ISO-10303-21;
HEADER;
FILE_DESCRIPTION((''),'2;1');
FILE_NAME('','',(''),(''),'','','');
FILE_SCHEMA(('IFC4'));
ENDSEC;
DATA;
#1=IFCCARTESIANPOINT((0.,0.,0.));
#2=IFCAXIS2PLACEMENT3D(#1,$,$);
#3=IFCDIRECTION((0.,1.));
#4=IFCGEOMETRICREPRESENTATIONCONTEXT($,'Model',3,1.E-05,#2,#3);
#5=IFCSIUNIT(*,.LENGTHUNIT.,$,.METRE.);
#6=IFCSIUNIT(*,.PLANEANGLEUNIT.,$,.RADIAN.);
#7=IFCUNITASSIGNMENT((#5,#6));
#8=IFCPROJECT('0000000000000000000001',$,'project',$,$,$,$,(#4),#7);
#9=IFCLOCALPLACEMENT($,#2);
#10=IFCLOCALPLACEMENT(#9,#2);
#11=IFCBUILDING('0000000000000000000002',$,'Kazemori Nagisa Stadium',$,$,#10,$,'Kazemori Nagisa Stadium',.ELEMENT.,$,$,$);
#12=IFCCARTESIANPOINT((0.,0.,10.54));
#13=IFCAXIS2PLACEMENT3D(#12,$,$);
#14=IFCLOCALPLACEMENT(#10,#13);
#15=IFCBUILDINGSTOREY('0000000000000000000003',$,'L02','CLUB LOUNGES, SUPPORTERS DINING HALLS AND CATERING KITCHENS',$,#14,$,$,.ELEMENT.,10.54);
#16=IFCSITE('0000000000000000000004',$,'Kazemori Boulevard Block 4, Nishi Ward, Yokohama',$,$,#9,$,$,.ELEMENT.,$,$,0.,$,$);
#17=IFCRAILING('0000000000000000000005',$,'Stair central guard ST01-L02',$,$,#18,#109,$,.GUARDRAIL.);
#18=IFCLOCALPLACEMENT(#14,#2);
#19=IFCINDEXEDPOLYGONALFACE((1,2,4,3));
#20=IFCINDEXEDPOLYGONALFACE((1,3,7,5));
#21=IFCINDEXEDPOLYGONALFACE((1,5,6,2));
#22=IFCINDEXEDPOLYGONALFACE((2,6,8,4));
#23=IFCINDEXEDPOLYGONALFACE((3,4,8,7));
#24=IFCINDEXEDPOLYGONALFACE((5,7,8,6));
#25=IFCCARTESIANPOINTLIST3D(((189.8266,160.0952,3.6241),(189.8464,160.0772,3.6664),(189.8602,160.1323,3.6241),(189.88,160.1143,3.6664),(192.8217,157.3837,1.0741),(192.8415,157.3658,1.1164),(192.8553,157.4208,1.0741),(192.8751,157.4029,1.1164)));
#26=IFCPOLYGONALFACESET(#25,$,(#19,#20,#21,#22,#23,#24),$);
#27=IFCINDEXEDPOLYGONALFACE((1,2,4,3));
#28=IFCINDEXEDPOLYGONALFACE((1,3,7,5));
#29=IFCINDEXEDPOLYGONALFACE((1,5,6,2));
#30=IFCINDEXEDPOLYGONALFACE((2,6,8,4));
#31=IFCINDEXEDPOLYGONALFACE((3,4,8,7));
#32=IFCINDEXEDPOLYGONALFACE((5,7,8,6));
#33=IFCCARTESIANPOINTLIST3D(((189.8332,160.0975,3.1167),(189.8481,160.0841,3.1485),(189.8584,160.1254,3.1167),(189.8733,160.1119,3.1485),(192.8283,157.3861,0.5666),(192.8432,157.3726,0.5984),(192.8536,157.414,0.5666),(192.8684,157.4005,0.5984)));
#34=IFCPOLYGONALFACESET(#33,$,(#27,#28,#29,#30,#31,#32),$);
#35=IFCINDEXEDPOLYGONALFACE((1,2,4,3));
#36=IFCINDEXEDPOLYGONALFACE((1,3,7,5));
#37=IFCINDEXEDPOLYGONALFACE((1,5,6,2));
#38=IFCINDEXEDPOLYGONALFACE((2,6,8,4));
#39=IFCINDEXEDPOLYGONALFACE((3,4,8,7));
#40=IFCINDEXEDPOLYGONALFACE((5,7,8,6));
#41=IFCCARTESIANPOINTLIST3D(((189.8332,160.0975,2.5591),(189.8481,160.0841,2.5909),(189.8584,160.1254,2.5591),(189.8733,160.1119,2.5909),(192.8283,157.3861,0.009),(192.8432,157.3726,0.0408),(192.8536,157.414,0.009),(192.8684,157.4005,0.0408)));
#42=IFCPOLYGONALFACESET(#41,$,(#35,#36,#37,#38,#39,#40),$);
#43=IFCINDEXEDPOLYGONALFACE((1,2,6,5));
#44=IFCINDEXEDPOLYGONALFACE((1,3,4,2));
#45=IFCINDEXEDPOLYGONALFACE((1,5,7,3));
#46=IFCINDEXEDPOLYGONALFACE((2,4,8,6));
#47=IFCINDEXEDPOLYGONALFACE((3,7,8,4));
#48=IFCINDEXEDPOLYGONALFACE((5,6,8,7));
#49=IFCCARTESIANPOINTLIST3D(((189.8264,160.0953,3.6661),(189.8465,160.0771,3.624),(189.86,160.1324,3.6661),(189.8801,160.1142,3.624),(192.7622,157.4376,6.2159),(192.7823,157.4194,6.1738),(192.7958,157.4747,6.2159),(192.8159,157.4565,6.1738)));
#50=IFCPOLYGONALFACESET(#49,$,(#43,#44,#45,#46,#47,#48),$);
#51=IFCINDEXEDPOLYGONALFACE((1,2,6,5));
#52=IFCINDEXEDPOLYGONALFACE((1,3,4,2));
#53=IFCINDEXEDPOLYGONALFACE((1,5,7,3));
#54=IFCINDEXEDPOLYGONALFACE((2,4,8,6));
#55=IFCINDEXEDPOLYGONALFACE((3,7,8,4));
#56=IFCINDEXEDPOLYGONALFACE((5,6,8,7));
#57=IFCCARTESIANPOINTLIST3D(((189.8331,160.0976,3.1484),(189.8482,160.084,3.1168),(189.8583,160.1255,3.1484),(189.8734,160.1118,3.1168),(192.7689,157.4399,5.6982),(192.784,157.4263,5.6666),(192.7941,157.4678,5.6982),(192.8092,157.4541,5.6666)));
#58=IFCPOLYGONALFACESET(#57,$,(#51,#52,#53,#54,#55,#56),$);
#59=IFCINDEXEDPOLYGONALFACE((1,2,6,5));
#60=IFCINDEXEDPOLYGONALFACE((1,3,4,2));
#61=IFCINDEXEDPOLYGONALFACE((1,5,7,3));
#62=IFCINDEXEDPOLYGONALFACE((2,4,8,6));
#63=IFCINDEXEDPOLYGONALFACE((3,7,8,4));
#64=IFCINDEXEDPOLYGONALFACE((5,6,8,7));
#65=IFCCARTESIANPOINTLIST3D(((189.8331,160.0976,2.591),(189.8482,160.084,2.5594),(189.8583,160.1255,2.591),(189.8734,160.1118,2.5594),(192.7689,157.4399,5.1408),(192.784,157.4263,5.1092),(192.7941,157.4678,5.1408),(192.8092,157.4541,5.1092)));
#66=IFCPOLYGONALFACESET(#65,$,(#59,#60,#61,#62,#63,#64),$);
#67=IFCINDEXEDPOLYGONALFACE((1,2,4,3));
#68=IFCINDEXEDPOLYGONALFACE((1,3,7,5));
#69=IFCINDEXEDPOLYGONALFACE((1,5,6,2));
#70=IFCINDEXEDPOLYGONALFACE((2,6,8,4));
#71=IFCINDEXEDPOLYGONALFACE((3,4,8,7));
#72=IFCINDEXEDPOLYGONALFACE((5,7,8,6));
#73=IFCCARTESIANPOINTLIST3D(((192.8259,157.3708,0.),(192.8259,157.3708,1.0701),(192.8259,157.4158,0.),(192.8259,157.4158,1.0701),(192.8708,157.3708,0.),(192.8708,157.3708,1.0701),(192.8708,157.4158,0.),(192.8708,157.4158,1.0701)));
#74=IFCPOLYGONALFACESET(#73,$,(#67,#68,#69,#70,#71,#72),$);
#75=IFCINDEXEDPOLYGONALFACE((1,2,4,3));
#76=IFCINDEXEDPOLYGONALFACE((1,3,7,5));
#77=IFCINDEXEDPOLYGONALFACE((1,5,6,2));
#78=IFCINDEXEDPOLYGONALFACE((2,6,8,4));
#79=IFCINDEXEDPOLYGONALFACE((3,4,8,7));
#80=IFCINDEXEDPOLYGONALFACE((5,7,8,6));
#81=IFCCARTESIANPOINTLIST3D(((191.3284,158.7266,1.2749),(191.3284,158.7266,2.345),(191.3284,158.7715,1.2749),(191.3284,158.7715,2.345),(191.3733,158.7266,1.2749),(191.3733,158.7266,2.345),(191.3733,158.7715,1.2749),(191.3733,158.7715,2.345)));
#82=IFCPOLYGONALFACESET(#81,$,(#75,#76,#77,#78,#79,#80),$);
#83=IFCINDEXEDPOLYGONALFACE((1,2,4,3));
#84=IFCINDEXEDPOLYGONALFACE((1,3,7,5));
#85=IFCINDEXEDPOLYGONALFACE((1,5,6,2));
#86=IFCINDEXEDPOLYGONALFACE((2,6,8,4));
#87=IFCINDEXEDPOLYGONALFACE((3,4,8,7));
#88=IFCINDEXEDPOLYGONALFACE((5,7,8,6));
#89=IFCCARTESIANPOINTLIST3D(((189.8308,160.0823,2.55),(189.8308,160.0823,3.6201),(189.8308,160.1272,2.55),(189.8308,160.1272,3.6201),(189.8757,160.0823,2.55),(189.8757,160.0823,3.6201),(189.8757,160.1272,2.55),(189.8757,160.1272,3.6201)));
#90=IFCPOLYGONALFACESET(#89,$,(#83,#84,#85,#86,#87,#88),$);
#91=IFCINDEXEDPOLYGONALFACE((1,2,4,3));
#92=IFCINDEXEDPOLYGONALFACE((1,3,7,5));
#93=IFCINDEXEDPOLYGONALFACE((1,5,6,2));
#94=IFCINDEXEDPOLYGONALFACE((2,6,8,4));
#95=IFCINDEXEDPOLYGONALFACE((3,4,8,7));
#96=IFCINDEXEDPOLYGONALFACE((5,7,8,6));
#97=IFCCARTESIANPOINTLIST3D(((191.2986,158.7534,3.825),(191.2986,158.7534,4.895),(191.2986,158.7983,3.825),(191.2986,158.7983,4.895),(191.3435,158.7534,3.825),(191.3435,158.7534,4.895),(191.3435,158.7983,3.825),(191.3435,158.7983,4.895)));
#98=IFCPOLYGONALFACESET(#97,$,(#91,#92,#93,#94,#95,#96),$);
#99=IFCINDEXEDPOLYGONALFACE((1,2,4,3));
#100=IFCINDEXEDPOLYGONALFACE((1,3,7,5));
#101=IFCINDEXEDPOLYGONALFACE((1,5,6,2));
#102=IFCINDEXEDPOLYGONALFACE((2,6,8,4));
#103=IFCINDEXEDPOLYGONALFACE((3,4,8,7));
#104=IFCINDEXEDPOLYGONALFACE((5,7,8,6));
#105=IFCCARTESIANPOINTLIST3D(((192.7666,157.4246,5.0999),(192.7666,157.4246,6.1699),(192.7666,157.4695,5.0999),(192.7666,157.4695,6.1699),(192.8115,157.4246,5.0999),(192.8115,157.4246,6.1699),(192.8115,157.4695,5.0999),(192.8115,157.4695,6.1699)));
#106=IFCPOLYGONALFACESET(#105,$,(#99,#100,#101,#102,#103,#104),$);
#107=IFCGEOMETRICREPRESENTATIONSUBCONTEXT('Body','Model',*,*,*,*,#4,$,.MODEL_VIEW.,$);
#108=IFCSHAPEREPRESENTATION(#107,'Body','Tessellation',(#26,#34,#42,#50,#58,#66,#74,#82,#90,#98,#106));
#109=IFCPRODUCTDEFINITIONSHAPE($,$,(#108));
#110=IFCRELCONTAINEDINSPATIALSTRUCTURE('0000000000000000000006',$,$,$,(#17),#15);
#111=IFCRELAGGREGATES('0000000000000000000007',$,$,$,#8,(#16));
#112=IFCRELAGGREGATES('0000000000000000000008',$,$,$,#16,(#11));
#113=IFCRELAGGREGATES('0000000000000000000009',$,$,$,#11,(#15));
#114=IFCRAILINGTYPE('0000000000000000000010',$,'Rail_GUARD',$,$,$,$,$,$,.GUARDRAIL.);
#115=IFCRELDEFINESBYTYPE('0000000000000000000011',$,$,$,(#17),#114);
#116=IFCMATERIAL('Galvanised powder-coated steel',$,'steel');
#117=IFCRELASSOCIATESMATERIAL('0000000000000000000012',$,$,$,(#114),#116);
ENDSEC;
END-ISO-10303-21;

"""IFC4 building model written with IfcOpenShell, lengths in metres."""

from ifc_helpers import new_model, si_unit, direction, frame, origin, origin_2d, place, context, subcontext, project, spatial, rectangle, extrude, material, type_object, element, save


model = new_model("IFC4")

# Units and contexts
model_context = context("Model", 3, precision=1e-05, world=origin(), true_north=direction((0.0, 1.0)))
body_context = subcontext(model_context, "Body", "Model", "MODEL_VIEW")
ifc_project = project(units=[si_unit("LENGTHUNIT", "METRE"), si_unit("PLANEANGLEUNIT", "RADIAN")], contexts=[model_context])

# Site, building, storey
site_placement = place(None, origin())
site = spatial("IfcSite", under=ifc_project, at=site_placement, Name="Kazemori Boulevard Block 4, Nishi Ward, Yokohama", CompositionType="ELEMENT", RefElevation=0.0)
building_placement = place(site_placement, origin())
building = spatial("IfcBuilding", under=site, at=building_placement, Name="Kazemori Nagisa Stadium", LongName="Kazemori Nagisa Stadium", CompositionType="ELEMENT")
storey_placement = place(building_placement, frame((0.0, 0.0, 10.54)))
storey = spatial("IfcBuildingStorey", under=building, at=storey_placement, Name="L02", Description="CLUB LOUNGES, SUPPORTERS DINING HALLS AND CATERING KITCHENS", CompositionType="ELEMENT", Elevation=10.54)

# Railing
ifc_material_1 = material(Name="Galvanised powder-coated steel", Category="steel")
railing_type_1 = type_object("IfcRailingType", Name="Rail_GUARD", PredefinedType="GUARDRAIL", material=ifc_material_1)
railing_1_placement = place(storey_placement, frame((192.8484, 157.3933, 0.0)))
element("IfcRailing", 1, at=railing_1_placement, inside=storey, type_object=railing_type_1, Name="Stair central guard ST01-L02", PredefinedType="GUARDRAIL", context=body_context, shape_type="SweptSolid", body=[
    extrude(rectangle(XDim=0.05, YDim=0.05, at=origin_2d()), frame((0.0, 0.0, 1.0952), z_axis=(-0.62691, 0.567531, 0.533753), x_axis=(-0.671125, -0.741344, 0.0)), (0.0, 0.0, 1.0), 4.7776),
    extrude(rectangle(XDim=0.0376, YDim=0.0376, at=origin_2d()), frame((0.0, 0.0, 0.5825), z_axis=(-0.62691, 0.567531, 0.533753), x_axis=(-0.671125, -0.741344, 0.0)), (0.0, 0.0, 1.0), 4.7776),
    extrude(rectangle(XDim=0.0376, YDim=0.0376, at=origin_2d()), frame((0.0, 0.0, 0.0249), z_axis=(-0.62691, 0.567531, 0.533753), x_axis=(-0.671125, -0.741344, 0.0)), (0.0, 0.0, 1.0), 4.7776),
    extrude(rectangle(XDim=0.05, YDim=0.05, at=origin_2d()), frame((-2.9951, 2.7114, 3.645), z_axis=(0.623314, -0.564274, 0.541363), x_axis=(0.671125, 0.741344, 0.0)), (0.0, 0.0, 1.0), 4.71),
    extrude(rectangle(XDim=0.0376, YDim=0.0376, at=origin_2d()), frame((-2.9951, 2.7114, 3.1326), z_axis=(0.623314, -0.564274, 0.541363), x_axis=(0.671125, 0.741344, 0.0)), (0.0, 0.0, 1.0), 4.71),
    extrude(rectangle(XDim=0.0376, YDim=0.0376, at=origin_2d()), frame((-2.9951, 2.7114, 2.5752), z_axis=(0.623314, -0.564274, 0.541363), x_axis=(0.671125, 0.741344, 0.0)), (0.0, 0.0, 1.0), 4.71),
    extrude(rectangle(XDim=0.0449, YDim=0.0449, at=origin_2d()), origin(), (0.0, 0.0, 1.0), 1.0701),
    extrude(rectangle(XDim=0.0449, YDim=0.0449, at=origin_2d()), frame((-1.4976, 1.3557, 1.2749)), (0.0, 0.0, 1.0), 1.0701),
    extrude(rectangle(XDim=0.0449, YDim=0.0449, at=origin_2d()), frame((-2.9951, 2.7114, 2.55)), (0.0, 0.0, 1.0), 1.0701),
    extrude(rectangle(XDim=0.0449, YDim=0.0449, at=origin_2d()), frame((-1.5273, 1.3826, 3.825)), (0.0, 0.0, 1.0), 1.0701),
    extrude(rectangle(XDim=0.0449, YDim=0.0449, at=origin_2d()), frame((-0.0593, 0.0537, 5.0999)), (0.0, 0.0, 1.0), 1.0701),
])

save(model, "model.ifc")
